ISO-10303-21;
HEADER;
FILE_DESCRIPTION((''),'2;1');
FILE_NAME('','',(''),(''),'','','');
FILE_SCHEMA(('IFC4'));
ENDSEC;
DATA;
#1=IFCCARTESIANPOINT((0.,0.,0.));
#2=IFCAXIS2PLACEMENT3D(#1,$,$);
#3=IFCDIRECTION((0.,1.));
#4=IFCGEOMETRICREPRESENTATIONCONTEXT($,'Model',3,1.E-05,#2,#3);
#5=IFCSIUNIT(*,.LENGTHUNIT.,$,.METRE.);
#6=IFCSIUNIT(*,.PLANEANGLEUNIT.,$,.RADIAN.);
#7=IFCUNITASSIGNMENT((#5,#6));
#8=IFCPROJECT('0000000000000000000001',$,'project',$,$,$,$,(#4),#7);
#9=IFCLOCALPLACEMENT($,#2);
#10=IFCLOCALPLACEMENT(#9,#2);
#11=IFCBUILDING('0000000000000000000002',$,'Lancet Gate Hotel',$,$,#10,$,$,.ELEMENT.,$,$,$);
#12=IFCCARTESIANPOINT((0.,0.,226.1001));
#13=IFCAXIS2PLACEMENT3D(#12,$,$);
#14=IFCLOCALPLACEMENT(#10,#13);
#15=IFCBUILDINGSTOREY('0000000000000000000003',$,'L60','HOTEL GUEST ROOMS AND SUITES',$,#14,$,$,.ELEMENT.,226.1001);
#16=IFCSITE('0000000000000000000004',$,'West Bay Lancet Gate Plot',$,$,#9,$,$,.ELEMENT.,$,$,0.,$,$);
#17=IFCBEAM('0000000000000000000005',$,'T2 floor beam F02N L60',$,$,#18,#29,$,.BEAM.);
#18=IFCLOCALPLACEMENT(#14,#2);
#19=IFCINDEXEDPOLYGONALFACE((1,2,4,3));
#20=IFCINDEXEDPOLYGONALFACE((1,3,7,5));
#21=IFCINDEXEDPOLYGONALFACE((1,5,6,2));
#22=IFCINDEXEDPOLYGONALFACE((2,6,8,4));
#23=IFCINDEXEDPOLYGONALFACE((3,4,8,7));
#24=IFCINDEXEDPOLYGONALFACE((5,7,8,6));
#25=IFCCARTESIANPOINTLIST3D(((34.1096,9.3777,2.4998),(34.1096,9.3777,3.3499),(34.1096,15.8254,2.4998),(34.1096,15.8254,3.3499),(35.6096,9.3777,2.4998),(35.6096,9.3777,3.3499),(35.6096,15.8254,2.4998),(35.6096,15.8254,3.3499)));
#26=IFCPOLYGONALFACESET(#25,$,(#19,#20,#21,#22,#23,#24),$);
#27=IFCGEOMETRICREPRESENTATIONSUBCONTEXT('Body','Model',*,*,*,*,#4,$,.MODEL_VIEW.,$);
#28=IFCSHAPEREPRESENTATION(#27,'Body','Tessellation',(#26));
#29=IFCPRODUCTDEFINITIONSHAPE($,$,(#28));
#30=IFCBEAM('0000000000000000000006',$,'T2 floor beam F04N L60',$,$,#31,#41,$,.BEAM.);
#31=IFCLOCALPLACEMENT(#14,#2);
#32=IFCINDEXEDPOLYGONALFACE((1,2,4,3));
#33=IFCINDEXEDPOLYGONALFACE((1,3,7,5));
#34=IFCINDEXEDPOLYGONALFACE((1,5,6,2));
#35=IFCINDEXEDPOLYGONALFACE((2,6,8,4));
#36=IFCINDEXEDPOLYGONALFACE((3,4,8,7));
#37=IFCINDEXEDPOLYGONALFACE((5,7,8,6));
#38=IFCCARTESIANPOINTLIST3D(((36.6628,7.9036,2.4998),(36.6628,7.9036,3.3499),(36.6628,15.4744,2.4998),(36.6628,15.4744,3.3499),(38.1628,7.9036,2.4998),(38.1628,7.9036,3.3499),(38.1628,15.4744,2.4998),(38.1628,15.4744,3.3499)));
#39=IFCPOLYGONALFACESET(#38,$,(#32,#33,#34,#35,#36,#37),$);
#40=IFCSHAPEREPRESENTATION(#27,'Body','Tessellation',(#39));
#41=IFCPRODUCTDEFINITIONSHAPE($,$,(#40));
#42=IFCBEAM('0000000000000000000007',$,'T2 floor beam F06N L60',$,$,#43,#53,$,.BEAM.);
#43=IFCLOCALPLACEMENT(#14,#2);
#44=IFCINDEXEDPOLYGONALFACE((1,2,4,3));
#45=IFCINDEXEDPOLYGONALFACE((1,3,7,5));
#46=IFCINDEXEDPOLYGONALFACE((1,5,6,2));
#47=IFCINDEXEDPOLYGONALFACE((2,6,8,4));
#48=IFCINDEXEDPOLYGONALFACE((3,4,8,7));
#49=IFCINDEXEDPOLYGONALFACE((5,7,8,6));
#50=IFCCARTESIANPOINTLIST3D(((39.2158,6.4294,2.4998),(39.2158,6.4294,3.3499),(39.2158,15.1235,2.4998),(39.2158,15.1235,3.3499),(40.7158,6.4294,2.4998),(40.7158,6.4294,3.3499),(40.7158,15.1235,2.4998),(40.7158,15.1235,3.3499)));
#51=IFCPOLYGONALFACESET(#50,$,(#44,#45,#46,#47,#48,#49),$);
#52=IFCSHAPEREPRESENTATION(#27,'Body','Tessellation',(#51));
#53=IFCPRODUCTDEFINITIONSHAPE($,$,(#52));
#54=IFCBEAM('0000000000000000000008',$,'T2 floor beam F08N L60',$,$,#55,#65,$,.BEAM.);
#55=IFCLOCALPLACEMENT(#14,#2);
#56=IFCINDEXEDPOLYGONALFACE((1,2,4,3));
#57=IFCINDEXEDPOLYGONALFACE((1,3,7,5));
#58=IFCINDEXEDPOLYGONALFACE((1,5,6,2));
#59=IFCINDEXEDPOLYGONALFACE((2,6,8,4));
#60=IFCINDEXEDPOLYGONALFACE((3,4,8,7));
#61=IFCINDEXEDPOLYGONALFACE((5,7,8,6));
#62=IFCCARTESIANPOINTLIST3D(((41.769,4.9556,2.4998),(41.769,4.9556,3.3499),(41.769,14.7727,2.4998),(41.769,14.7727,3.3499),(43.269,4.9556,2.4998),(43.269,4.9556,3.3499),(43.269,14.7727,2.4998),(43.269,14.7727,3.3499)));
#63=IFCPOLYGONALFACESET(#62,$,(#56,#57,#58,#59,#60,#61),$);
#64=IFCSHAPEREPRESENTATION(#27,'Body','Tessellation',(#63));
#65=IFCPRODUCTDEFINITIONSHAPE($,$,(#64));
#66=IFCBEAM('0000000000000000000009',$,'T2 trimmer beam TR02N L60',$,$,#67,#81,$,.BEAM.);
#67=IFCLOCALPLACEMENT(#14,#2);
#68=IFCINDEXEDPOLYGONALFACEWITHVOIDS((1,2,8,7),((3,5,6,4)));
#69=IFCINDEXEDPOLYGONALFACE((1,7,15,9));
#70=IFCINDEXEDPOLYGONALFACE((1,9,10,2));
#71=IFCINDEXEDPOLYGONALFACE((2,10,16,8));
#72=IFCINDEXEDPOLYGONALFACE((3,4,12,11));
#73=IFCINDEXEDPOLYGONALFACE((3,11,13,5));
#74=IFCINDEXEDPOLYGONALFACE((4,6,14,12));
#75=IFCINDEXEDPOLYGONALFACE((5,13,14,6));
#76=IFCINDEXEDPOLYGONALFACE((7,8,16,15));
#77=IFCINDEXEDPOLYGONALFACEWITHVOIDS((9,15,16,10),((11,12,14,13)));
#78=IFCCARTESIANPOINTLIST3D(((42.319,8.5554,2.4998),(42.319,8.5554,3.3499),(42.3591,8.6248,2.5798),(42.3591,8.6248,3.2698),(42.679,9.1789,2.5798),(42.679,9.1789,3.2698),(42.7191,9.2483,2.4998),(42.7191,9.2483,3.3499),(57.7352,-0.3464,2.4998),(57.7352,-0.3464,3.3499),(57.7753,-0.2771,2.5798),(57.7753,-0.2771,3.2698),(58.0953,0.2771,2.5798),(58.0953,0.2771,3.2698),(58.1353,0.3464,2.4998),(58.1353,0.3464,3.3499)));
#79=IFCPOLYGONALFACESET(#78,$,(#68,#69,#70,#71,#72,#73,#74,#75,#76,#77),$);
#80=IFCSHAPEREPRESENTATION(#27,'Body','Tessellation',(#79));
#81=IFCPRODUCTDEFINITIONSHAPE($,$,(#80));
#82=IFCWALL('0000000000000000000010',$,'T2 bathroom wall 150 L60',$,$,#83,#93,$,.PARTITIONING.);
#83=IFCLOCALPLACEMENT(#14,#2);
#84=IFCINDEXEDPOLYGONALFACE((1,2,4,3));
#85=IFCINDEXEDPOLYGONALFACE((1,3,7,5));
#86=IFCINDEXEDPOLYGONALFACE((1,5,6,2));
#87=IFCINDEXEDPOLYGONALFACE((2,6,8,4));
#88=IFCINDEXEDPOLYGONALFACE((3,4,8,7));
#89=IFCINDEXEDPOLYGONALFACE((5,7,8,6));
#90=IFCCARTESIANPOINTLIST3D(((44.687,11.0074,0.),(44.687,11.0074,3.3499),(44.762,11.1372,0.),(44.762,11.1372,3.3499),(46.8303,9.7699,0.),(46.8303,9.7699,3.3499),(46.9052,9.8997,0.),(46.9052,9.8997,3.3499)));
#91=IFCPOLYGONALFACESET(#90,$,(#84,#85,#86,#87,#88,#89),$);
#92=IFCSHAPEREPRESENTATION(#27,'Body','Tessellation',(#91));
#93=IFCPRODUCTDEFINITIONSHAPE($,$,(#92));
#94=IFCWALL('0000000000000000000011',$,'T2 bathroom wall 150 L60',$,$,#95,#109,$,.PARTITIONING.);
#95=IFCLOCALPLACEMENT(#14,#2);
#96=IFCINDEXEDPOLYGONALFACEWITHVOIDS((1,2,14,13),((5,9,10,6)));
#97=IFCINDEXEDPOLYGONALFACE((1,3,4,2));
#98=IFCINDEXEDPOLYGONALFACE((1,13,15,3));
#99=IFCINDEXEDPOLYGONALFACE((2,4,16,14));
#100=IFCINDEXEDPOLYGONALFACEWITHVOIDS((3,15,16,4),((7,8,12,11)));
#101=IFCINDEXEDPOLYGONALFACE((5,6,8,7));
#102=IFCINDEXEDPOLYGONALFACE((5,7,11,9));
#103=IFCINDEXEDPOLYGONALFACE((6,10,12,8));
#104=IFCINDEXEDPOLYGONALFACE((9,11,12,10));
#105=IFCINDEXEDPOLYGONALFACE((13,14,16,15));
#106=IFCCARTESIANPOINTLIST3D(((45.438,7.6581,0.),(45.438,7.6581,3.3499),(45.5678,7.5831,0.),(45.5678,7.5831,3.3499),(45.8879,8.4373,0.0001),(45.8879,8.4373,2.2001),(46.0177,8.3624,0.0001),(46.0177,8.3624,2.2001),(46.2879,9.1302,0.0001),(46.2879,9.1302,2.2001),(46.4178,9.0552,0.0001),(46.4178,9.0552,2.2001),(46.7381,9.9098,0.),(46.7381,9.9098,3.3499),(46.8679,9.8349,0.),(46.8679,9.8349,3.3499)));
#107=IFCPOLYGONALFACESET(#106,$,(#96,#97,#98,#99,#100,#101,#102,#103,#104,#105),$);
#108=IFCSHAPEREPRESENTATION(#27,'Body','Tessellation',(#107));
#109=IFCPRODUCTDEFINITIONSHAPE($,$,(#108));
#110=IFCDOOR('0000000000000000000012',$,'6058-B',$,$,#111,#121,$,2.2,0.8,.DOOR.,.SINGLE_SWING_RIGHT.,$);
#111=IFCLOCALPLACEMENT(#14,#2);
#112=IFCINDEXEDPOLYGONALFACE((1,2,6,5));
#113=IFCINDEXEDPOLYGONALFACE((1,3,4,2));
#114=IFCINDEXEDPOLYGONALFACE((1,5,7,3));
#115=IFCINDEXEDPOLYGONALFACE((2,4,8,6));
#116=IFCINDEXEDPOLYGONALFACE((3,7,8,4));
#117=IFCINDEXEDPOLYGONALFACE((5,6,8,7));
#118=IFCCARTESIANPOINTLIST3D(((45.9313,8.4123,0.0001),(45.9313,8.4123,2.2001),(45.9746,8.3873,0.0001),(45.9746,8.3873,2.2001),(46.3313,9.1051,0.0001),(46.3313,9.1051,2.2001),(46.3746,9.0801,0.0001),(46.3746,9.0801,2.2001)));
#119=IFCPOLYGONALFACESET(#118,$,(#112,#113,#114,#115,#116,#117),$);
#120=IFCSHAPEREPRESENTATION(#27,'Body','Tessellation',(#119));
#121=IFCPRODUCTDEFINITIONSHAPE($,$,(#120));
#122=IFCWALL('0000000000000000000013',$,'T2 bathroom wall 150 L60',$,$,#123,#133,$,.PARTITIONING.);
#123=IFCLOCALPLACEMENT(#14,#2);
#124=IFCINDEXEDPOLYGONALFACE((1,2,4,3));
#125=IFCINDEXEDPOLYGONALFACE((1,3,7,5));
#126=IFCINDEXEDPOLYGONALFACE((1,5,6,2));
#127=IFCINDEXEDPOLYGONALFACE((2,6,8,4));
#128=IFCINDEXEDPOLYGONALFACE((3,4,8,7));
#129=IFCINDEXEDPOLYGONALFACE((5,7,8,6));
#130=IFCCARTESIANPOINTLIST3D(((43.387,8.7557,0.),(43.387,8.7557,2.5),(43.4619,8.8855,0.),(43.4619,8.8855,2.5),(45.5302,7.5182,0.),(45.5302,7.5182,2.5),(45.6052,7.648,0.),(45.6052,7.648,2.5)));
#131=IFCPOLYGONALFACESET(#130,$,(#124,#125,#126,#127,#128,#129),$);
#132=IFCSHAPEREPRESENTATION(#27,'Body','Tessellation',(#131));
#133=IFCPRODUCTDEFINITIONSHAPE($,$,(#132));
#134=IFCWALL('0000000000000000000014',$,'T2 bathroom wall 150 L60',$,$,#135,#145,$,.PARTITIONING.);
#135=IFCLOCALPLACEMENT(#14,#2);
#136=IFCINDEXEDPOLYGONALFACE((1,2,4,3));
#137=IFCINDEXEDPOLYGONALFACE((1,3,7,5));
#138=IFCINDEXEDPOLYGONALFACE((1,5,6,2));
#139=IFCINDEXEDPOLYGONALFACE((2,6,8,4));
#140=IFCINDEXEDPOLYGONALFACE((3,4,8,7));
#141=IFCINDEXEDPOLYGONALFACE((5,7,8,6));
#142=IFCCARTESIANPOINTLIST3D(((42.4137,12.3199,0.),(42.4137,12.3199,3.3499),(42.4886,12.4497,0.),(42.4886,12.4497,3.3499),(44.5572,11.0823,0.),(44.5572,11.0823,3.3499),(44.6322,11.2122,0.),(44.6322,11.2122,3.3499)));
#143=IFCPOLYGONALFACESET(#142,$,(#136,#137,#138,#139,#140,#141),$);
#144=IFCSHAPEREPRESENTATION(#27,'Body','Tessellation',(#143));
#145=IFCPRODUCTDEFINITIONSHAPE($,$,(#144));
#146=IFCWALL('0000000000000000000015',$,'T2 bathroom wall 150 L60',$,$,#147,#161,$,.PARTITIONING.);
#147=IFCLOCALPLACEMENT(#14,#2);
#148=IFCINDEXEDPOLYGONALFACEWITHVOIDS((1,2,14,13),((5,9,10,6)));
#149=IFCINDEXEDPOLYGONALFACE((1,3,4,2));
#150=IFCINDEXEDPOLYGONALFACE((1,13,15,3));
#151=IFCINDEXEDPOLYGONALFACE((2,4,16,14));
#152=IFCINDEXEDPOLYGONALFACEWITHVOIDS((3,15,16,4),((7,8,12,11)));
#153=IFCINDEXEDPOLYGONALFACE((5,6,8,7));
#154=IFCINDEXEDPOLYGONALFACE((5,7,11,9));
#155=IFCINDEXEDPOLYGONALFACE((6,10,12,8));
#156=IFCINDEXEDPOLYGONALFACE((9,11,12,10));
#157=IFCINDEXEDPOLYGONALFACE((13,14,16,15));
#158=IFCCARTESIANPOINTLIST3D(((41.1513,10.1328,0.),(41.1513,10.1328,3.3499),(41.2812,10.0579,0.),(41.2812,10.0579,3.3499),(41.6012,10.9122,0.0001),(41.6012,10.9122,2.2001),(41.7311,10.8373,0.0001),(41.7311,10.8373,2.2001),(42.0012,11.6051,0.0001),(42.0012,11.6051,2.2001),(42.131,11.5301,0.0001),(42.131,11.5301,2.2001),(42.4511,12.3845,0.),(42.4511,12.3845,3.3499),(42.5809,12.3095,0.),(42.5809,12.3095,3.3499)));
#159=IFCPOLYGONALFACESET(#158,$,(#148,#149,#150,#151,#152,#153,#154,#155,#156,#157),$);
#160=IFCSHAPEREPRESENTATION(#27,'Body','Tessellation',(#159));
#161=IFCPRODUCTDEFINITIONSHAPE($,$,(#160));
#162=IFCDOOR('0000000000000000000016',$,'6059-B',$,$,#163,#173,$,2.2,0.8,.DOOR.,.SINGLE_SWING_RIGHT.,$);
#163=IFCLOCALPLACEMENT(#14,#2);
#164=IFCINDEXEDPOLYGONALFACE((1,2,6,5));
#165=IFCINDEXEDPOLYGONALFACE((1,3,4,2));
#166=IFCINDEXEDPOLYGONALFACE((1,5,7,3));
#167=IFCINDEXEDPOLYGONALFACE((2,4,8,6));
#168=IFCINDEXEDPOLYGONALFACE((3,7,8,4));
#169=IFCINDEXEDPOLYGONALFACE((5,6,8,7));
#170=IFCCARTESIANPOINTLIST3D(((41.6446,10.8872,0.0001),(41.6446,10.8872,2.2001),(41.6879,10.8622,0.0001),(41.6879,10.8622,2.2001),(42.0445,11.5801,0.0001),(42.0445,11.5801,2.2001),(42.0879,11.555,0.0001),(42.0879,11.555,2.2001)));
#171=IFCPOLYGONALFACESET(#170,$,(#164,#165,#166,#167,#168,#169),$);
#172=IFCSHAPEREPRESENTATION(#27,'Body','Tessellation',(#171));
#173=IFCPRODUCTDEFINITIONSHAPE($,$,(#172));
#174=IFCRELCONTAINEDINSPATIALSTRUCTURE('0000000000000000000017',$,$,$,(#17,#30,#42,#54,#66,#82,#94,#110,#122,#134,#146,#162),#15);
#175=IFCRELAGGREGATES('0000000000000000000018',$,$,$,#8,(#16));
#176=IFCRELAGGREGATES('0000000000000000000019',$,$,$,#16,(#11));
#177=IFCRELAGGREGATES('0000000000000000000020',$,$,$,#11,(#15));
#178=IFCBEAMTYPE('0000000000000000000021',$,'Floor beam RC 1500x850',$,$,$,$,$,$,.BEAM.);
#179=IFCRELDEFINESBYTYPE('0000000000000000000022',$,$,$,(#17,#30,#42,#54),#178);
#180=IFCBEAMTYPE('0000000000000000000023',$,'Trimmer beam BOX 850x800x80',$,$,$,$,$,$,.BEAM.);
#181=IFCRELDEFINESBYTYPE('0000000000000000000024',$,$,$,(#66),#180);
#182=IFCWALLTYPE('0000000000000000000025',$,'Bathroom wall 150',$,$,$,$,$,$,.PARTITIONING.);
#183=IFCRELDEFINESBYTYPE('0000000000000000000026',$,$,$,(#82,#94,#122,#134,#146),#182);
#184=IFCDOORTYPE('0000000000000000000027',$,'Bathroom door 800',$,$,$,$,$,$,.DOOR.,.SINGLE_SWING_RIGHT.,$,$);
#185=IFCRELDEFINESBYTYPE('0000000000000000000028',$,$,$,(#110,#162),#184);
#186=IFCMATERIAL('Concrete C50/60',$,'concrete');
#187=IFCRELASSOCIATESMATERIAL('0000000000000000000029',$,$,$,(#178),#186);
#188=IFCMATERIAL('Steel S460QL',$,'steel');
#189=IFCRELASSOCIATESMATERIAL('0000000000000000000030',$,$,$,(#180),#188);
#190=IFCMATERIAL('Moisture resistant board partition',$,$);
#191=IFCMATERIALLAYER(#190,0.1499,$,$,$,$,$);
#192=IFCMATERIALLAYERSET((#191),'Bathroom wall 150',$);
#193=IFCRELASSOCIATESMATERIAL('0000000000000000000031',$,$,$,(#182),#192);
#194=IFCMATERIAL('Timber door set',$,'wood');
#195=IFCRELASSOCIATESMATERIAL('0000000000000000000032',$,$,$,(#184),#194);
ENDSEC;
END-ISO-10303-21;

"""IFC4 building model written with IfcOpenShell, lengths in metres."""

from ifc_helpers import new_model, si_unit, direction, frame, frame_2d, origin, origin_2d, place, context, subcontext, project, spatial, rectangle, hollow_rectangle, extrude, material, layer, layer_set, material_profile, profile_set, type_object, element, fill, save


model = new_model("IFC4")

# Units and contexts
model_context = context("Model", 3, precision=1e-05, world=origin(), true_north=direction((0.0, 1.0)))
body_context = subcontext(model_context, "Body", "Model", "MODEL_VIEW")
ifc_project = project(units=[si_unit("LENGTHUNIT", "METRE"), si_unit("PLANEANGLEUNIT", "RADIAN")], contexts=[model_context])

# Site, building, storey
site_placement = place(None, origin())
site = spatial("IfcSite", under=ifc_project, at=site_placement, Name="West Bay Lancet Gate Plot", CompositionType="ELEMENT", RefElevation=0.0)
building_placement = place(site_placement, origin())
building = spatial("IfcBuilding", under=site, at=building_placement, Name="Lancet Gate Hotel", CompositionType="ELEMENT")
storey_placement = place(building_placement, frame((0.0, 0.0, 226.1001)))
storey = spatial("IfcBuildingStorey", under=building, at=storey_placement, Name="L60", Description="HOTEL GUEST ROOMS AND SUITES", CompositionType="ELEMENT", Elevation=226.1001)

# Beams
ifc_material_1 = material(Name="Concrete C50/60", Category="concrete")
ifc_material_profile_1 = material_profile(ifc_material_1, rectangle(XDim=1.5, YDim=0.8501, at=origin_2d()), Name="RC 1500x850")
ifc_profile_set_1 = profile_set([ifc_material_profile_1], Name="Concrete C50/60")
beam_type_1 = type_object("IfcBeamType", Name="Floor beam RC 1500x850", PredefinedType="BEAM", material=ifc_profile_set_1)
beam_1_placement = place(storey_placement, frame((34.8596, 9.3777, 2.9248), z_axis=(0.0, 1.0, 0.0), x_axis=(-1.0, 0.0, 0.0)))
element("IfcBeam", 1, at=beam_1_placement, inside=storey, type_object=beam_type_1, Name="T2 floor beam F02N L60", PredefinedType="BEAM", context=body_context, shape_type="SweptSolid", body=[
    extrude(rectangle(XDim=1.5, YDim=0.8501, at=origin_2d()), origin(), (0.0, 0.0, 1.0), 6.4478),
])
beam_2_placement = place(storey_placement, frame((37.4128, 7.9036, 2.9248), z_axis=(0.0, 1.0, 0.0), x_axis=(-1.0, 0.0, 0.0)))
element("IfcBeam", 2, at=beam_2_placement, inside=storey, type_object=beam_type_1, Name="T2 floor beam F04N L60", PredefinedType="BEAM", context=body_context, shape_type="SweptSolid", body=[
    extrude(rectangle(XDim=1.5, YDim=0.8501, at=origin_2d()), origin(), (0.0, 0.0, 1.0), 7.5708),
])
beam_3_placement = place(storey_placement, frame((39.9658, 6.4294, 2.9248), z_axis=(0.0, 1.0, 0.0), x_axis=(-1.0, 0.0, 0.0)))
element("IfcBeam", 3, at=beam_3_placement, inside=storey, type_object=beam_type_1, Name="T2 floor beam F06N L60", PredefinedType="BEAM", context=body_context, shape_type="SweptSolid", body=[
    extrude(rectangle(XDim=1.5, YDim=0.8501, at=origin_2d()), origin(), (0.0, 0.0, 1.0), 8.6941),
])
beam_4_placement = place(storey_placement, frame((42.519, 4.9556, 2.9248), z_axis=(0.0, 1.0, 0.0), x_axis=(-1.0, 0.0, 0.0)))
element("IfcBeam", 4, at=beam_4_placement, inside=storey, type_object=beam_type_1, Name="T2 floor beam F08N L60", PredefinedType="BEAM", context=body_context, shape_type="SweptSolid", body=[
    extrude(rectangle(XDim=1.5, YDim=0.8501, at=origin_2d()), origin(), (0.0, 0.0, 1.0), 9.8171),
])
ifc_material_2 = material(Name="Steel S460QL", Category="steel")
ifc_material_profile_2 = material_profile(ifc_material_2, hollow_rectangle(XDim=0.8, YDim=0.8501, WallThickness=0.0801, at=origin_2d()), Name="BOX 850x800x80")
ifc_profile_set_2 = profile_set([ifc_material_profile_2], Name="Steel S460QL")
beam_type_2 = type_object("IfcBeamType", Name="Trimmer beam BOX 850x800x80", PredefinedType="BEAM", material=ifc_profile_set_2)
beam_5_placement = place(storey_placement, frame((42.519, 8.9019, 2.9248), z_axis=(0.865994, -0.500054, 0.0), x_axis=(0.500054, 0.865994, 0.0)))
element("IfcBeam", 5, at=beam_5_placement, inside=storey, type_object=beam_type_2, Name="T2 trimmer beam TR02N L60", PredefinedType="BEAM", context=body_context, shape_type="SweptSolid", body=[
    extrude(hollow_rectangle(XDim=0.8, YDim=0.8501, WallThickness=0.0801, at=origin_2d()), origin(), (0.0, 0.0, 1.0), 17.8018),
])

# Wall
ifc_material_3 = material(Name="Moisture resistant board partition")
ifc_layer_1 = layer(ifc_material_3, 0.1499)
ifc_layer_set_1 = layer_set([ifc_layer_1], Name="Bathroom wall 150")
wall_type_1 = type_object("IfcWallType", Name="Bathroom wall 150", PredefinedType="PARTITIONING", material=ifc_layer_set_1)
wall_1_placement = place(storey_placement, frame((44.7246, 11.0723, 0.0), z_axis=(0.0, 0.0, 1.0), x_axis=(0.866007, -0.500033, 0.0)))
element("IfcWall", 6, at=wall_1_placement, inside=storey, type_object=wall_type_1, Name="T2 bathroom wall 150 L60", PredefinedType="PARTITIONING", context=body_context, shape_type="SweptSolid", body=[
    extrude(rectangle(XDim=2.4749, YDim=0.1499, at=frame_2d((1.2373, 0.0))), origin(), (0.0, 0.0, 1.0), 3.3499),
])

# Wall, opening, door
wall_2_placement = place(storey_placement, frame((45.5029, 7.6206, 0.0), z_axis=(0.0, 0.0, 1.0), x_axis=(0.500007, 0.866021, 0.0)))
wall_2 = element("IfcWall", 7, at=wall_2_placement, inside=storey, type_object=wall_type_1, Name="T2 bathroom wall 150 L60", PredefinedType="PARTITIONING", context=body_context, shape_type="SweptSolid", body=[
    extrude(rectangle(XDim=2.6001, YDim=0.1499, at=frame_2d((1.3, 0.0))), origin(), (0.0, 0.0, 1.0), 3.3499),
])
opening_1_placement = place(wall_2_placement, frame((0.8999, 0.0, 0.0)))
opening_1 = element("IfcOpeningElement", 8, at=opening_1_placement, cuts=wall_2, PredefinedType="OPENING", context=body_context, shape_type="SweptSolid", body=[
    extrude(rectangle(XDim=0.8, YDim=2.2, at=frame_2d((0.3999, 1.1001))), frame((0.0, 0.085, 0.0), z_axis=(0.0, -1.0, 0.0), x_axis=(1.0, 0.0, 0.0)), (0.0, 0.0, 1.0), 0.1699),
])
ifc_material_4 = material(Name="Timber door set", Category="wood")
door_type_1 = type_object("IfcDoorType", Name="Bathroom door 800", OperationType="SINGLE_SWING_RIGHT", PredefinedType="DOOR", material=ifc_material_4)
door_1_placement = place(opening_1_placement, origin())
door_1 = element("IfcDoor", 9, at=door_1_placement, inside=storey, type_object=door_type_1, Name="6058-B", OperationType="SINGLE_SWING_RIGHT", OverallHeight=2.2, OverallWidth=0.8, PredefinedType="DOOR", context=body_context, shape_type="SweptSolid", body=[
    extrude(rectangle(XDim=0.8, YDim=2.2, at=frame_2d((0.3999, 1.1001))), frame((0.0, 0.0249, 0.0), z_axis=(0.0, -1.0, 0.0), x_axis=(1.0, 0.0, 0.0)), (0.0, 0.0, 1.0), 0.05),
])
fill(opening_1, door_1)

# Walls
wall_3_placement = place(storey_placement, frame((43.4246, 8.8206, 0.0), z_axis=(0.0, 0.0, 1.0), x_axis=(0.866007, -0.500033, 0.0)))
element("IfcWall", 10, at=wall_3_placement, inside=storey, type_object=wall_type_1, Name="T2 bathroom wall 150 L60", PredefinedType="PARTITIONING", context=body_context, shape_type="SweptSolid", body=[
    extrude(rectangle(XDim=2.4749, YDim=0.1499, at=frame_2d((1.2373, 0.0))), origin(), (0.0, 0.0, 1.0), 2.5),
])
wall_4_placement = place(storey_placement, frame((42.4512, 12.3848, 0.0), z_axis=(0.0, 0.0, 1.0), x_axis=(0.866031, -0.49999, 0.0)))
element("IfcWall", 11, at=wall_4_placement, inside=storey, type_object=wall_type_1, Name="T2 bathroom wall 150 L60", PredefinedType="PARTITIONING", context=body_context, shape_type="SweptSolid", body=[
    extrude(rectangle(XDim=2.4751, YDim=0.1499, at=frame_2d((1.2375, 0.0))), origin(), (0.0, 0.0, 1.0), 3.3499),
])

# Wall, opening, door
wall_5_placement = place(storey_placement, frame((41.2163, 10.0955, 0.0), z_axis=(0.0, 0.0, 1.0), x_axis=(0.499937, 0.866062, 0.0)))
wall_5 = element("IfcWall", 12, at=wall_5_placement, inside=storey, type_object=wall_type_1, Name="T2 bathroom wall 150 L60", PredefinedType="PARTITIONING", context=body_context, shape_type="SweptSolid", body=[
    extrude(rectangle(XDim=2.5999, YDim=0.1499, at=frame_2d((1.2998, 0.0))), origin(), (0.0, 0.0, 1.0), 3.3499),
])
opening_2_placement = place(wall_5_placement, frame((0.8999, 0.0, 0.0)))
opening_2 = element("IfcOpeningElement", 13, at=opening_2_placement, cuts=wall_5, PredefinedType="OPENING", context=body_context, shape_type="SweptSolid", body=[
    extrude(rectangle(XDim=0.8, YDim=2.2, at=frame_2d((0.3999, 1.1001))), frame((0.0, 0.085, 0.0), z_axis=(0.0, -1.0, 0.0), x_axis=(1.0, 0.0, 0.0)), (0.0, 0.0, 1.0), 0.1699),
])
door_2_placement = place(opening_2_placement, origin())
door_2 = element("IfcDoor", 14, at=door_2_placement, inside=storey, type_object=door_type_1, Name="6059-B", OperationType="SINGLE_SWING_RIGHT", OverallHeight=2.2, OverallWidth=0.8, PredefinedType="DOOR", context=body_context, shape_type="SweptSolid", body=[
    extrude(rectangle(XDim=0.8, YDim=2.2, at=frame_2d((0.3999, 1.1001))), frame((0.0, 0.0249, 0.0), z_axis=(0.0, -1.0, 0.0), x_axis=(1.0, 0.0, 0.0)), (0.0, 0.0, 1.0), 0.05),
])
fill(opening_2, door_2)

save(model, "model.ifc")
